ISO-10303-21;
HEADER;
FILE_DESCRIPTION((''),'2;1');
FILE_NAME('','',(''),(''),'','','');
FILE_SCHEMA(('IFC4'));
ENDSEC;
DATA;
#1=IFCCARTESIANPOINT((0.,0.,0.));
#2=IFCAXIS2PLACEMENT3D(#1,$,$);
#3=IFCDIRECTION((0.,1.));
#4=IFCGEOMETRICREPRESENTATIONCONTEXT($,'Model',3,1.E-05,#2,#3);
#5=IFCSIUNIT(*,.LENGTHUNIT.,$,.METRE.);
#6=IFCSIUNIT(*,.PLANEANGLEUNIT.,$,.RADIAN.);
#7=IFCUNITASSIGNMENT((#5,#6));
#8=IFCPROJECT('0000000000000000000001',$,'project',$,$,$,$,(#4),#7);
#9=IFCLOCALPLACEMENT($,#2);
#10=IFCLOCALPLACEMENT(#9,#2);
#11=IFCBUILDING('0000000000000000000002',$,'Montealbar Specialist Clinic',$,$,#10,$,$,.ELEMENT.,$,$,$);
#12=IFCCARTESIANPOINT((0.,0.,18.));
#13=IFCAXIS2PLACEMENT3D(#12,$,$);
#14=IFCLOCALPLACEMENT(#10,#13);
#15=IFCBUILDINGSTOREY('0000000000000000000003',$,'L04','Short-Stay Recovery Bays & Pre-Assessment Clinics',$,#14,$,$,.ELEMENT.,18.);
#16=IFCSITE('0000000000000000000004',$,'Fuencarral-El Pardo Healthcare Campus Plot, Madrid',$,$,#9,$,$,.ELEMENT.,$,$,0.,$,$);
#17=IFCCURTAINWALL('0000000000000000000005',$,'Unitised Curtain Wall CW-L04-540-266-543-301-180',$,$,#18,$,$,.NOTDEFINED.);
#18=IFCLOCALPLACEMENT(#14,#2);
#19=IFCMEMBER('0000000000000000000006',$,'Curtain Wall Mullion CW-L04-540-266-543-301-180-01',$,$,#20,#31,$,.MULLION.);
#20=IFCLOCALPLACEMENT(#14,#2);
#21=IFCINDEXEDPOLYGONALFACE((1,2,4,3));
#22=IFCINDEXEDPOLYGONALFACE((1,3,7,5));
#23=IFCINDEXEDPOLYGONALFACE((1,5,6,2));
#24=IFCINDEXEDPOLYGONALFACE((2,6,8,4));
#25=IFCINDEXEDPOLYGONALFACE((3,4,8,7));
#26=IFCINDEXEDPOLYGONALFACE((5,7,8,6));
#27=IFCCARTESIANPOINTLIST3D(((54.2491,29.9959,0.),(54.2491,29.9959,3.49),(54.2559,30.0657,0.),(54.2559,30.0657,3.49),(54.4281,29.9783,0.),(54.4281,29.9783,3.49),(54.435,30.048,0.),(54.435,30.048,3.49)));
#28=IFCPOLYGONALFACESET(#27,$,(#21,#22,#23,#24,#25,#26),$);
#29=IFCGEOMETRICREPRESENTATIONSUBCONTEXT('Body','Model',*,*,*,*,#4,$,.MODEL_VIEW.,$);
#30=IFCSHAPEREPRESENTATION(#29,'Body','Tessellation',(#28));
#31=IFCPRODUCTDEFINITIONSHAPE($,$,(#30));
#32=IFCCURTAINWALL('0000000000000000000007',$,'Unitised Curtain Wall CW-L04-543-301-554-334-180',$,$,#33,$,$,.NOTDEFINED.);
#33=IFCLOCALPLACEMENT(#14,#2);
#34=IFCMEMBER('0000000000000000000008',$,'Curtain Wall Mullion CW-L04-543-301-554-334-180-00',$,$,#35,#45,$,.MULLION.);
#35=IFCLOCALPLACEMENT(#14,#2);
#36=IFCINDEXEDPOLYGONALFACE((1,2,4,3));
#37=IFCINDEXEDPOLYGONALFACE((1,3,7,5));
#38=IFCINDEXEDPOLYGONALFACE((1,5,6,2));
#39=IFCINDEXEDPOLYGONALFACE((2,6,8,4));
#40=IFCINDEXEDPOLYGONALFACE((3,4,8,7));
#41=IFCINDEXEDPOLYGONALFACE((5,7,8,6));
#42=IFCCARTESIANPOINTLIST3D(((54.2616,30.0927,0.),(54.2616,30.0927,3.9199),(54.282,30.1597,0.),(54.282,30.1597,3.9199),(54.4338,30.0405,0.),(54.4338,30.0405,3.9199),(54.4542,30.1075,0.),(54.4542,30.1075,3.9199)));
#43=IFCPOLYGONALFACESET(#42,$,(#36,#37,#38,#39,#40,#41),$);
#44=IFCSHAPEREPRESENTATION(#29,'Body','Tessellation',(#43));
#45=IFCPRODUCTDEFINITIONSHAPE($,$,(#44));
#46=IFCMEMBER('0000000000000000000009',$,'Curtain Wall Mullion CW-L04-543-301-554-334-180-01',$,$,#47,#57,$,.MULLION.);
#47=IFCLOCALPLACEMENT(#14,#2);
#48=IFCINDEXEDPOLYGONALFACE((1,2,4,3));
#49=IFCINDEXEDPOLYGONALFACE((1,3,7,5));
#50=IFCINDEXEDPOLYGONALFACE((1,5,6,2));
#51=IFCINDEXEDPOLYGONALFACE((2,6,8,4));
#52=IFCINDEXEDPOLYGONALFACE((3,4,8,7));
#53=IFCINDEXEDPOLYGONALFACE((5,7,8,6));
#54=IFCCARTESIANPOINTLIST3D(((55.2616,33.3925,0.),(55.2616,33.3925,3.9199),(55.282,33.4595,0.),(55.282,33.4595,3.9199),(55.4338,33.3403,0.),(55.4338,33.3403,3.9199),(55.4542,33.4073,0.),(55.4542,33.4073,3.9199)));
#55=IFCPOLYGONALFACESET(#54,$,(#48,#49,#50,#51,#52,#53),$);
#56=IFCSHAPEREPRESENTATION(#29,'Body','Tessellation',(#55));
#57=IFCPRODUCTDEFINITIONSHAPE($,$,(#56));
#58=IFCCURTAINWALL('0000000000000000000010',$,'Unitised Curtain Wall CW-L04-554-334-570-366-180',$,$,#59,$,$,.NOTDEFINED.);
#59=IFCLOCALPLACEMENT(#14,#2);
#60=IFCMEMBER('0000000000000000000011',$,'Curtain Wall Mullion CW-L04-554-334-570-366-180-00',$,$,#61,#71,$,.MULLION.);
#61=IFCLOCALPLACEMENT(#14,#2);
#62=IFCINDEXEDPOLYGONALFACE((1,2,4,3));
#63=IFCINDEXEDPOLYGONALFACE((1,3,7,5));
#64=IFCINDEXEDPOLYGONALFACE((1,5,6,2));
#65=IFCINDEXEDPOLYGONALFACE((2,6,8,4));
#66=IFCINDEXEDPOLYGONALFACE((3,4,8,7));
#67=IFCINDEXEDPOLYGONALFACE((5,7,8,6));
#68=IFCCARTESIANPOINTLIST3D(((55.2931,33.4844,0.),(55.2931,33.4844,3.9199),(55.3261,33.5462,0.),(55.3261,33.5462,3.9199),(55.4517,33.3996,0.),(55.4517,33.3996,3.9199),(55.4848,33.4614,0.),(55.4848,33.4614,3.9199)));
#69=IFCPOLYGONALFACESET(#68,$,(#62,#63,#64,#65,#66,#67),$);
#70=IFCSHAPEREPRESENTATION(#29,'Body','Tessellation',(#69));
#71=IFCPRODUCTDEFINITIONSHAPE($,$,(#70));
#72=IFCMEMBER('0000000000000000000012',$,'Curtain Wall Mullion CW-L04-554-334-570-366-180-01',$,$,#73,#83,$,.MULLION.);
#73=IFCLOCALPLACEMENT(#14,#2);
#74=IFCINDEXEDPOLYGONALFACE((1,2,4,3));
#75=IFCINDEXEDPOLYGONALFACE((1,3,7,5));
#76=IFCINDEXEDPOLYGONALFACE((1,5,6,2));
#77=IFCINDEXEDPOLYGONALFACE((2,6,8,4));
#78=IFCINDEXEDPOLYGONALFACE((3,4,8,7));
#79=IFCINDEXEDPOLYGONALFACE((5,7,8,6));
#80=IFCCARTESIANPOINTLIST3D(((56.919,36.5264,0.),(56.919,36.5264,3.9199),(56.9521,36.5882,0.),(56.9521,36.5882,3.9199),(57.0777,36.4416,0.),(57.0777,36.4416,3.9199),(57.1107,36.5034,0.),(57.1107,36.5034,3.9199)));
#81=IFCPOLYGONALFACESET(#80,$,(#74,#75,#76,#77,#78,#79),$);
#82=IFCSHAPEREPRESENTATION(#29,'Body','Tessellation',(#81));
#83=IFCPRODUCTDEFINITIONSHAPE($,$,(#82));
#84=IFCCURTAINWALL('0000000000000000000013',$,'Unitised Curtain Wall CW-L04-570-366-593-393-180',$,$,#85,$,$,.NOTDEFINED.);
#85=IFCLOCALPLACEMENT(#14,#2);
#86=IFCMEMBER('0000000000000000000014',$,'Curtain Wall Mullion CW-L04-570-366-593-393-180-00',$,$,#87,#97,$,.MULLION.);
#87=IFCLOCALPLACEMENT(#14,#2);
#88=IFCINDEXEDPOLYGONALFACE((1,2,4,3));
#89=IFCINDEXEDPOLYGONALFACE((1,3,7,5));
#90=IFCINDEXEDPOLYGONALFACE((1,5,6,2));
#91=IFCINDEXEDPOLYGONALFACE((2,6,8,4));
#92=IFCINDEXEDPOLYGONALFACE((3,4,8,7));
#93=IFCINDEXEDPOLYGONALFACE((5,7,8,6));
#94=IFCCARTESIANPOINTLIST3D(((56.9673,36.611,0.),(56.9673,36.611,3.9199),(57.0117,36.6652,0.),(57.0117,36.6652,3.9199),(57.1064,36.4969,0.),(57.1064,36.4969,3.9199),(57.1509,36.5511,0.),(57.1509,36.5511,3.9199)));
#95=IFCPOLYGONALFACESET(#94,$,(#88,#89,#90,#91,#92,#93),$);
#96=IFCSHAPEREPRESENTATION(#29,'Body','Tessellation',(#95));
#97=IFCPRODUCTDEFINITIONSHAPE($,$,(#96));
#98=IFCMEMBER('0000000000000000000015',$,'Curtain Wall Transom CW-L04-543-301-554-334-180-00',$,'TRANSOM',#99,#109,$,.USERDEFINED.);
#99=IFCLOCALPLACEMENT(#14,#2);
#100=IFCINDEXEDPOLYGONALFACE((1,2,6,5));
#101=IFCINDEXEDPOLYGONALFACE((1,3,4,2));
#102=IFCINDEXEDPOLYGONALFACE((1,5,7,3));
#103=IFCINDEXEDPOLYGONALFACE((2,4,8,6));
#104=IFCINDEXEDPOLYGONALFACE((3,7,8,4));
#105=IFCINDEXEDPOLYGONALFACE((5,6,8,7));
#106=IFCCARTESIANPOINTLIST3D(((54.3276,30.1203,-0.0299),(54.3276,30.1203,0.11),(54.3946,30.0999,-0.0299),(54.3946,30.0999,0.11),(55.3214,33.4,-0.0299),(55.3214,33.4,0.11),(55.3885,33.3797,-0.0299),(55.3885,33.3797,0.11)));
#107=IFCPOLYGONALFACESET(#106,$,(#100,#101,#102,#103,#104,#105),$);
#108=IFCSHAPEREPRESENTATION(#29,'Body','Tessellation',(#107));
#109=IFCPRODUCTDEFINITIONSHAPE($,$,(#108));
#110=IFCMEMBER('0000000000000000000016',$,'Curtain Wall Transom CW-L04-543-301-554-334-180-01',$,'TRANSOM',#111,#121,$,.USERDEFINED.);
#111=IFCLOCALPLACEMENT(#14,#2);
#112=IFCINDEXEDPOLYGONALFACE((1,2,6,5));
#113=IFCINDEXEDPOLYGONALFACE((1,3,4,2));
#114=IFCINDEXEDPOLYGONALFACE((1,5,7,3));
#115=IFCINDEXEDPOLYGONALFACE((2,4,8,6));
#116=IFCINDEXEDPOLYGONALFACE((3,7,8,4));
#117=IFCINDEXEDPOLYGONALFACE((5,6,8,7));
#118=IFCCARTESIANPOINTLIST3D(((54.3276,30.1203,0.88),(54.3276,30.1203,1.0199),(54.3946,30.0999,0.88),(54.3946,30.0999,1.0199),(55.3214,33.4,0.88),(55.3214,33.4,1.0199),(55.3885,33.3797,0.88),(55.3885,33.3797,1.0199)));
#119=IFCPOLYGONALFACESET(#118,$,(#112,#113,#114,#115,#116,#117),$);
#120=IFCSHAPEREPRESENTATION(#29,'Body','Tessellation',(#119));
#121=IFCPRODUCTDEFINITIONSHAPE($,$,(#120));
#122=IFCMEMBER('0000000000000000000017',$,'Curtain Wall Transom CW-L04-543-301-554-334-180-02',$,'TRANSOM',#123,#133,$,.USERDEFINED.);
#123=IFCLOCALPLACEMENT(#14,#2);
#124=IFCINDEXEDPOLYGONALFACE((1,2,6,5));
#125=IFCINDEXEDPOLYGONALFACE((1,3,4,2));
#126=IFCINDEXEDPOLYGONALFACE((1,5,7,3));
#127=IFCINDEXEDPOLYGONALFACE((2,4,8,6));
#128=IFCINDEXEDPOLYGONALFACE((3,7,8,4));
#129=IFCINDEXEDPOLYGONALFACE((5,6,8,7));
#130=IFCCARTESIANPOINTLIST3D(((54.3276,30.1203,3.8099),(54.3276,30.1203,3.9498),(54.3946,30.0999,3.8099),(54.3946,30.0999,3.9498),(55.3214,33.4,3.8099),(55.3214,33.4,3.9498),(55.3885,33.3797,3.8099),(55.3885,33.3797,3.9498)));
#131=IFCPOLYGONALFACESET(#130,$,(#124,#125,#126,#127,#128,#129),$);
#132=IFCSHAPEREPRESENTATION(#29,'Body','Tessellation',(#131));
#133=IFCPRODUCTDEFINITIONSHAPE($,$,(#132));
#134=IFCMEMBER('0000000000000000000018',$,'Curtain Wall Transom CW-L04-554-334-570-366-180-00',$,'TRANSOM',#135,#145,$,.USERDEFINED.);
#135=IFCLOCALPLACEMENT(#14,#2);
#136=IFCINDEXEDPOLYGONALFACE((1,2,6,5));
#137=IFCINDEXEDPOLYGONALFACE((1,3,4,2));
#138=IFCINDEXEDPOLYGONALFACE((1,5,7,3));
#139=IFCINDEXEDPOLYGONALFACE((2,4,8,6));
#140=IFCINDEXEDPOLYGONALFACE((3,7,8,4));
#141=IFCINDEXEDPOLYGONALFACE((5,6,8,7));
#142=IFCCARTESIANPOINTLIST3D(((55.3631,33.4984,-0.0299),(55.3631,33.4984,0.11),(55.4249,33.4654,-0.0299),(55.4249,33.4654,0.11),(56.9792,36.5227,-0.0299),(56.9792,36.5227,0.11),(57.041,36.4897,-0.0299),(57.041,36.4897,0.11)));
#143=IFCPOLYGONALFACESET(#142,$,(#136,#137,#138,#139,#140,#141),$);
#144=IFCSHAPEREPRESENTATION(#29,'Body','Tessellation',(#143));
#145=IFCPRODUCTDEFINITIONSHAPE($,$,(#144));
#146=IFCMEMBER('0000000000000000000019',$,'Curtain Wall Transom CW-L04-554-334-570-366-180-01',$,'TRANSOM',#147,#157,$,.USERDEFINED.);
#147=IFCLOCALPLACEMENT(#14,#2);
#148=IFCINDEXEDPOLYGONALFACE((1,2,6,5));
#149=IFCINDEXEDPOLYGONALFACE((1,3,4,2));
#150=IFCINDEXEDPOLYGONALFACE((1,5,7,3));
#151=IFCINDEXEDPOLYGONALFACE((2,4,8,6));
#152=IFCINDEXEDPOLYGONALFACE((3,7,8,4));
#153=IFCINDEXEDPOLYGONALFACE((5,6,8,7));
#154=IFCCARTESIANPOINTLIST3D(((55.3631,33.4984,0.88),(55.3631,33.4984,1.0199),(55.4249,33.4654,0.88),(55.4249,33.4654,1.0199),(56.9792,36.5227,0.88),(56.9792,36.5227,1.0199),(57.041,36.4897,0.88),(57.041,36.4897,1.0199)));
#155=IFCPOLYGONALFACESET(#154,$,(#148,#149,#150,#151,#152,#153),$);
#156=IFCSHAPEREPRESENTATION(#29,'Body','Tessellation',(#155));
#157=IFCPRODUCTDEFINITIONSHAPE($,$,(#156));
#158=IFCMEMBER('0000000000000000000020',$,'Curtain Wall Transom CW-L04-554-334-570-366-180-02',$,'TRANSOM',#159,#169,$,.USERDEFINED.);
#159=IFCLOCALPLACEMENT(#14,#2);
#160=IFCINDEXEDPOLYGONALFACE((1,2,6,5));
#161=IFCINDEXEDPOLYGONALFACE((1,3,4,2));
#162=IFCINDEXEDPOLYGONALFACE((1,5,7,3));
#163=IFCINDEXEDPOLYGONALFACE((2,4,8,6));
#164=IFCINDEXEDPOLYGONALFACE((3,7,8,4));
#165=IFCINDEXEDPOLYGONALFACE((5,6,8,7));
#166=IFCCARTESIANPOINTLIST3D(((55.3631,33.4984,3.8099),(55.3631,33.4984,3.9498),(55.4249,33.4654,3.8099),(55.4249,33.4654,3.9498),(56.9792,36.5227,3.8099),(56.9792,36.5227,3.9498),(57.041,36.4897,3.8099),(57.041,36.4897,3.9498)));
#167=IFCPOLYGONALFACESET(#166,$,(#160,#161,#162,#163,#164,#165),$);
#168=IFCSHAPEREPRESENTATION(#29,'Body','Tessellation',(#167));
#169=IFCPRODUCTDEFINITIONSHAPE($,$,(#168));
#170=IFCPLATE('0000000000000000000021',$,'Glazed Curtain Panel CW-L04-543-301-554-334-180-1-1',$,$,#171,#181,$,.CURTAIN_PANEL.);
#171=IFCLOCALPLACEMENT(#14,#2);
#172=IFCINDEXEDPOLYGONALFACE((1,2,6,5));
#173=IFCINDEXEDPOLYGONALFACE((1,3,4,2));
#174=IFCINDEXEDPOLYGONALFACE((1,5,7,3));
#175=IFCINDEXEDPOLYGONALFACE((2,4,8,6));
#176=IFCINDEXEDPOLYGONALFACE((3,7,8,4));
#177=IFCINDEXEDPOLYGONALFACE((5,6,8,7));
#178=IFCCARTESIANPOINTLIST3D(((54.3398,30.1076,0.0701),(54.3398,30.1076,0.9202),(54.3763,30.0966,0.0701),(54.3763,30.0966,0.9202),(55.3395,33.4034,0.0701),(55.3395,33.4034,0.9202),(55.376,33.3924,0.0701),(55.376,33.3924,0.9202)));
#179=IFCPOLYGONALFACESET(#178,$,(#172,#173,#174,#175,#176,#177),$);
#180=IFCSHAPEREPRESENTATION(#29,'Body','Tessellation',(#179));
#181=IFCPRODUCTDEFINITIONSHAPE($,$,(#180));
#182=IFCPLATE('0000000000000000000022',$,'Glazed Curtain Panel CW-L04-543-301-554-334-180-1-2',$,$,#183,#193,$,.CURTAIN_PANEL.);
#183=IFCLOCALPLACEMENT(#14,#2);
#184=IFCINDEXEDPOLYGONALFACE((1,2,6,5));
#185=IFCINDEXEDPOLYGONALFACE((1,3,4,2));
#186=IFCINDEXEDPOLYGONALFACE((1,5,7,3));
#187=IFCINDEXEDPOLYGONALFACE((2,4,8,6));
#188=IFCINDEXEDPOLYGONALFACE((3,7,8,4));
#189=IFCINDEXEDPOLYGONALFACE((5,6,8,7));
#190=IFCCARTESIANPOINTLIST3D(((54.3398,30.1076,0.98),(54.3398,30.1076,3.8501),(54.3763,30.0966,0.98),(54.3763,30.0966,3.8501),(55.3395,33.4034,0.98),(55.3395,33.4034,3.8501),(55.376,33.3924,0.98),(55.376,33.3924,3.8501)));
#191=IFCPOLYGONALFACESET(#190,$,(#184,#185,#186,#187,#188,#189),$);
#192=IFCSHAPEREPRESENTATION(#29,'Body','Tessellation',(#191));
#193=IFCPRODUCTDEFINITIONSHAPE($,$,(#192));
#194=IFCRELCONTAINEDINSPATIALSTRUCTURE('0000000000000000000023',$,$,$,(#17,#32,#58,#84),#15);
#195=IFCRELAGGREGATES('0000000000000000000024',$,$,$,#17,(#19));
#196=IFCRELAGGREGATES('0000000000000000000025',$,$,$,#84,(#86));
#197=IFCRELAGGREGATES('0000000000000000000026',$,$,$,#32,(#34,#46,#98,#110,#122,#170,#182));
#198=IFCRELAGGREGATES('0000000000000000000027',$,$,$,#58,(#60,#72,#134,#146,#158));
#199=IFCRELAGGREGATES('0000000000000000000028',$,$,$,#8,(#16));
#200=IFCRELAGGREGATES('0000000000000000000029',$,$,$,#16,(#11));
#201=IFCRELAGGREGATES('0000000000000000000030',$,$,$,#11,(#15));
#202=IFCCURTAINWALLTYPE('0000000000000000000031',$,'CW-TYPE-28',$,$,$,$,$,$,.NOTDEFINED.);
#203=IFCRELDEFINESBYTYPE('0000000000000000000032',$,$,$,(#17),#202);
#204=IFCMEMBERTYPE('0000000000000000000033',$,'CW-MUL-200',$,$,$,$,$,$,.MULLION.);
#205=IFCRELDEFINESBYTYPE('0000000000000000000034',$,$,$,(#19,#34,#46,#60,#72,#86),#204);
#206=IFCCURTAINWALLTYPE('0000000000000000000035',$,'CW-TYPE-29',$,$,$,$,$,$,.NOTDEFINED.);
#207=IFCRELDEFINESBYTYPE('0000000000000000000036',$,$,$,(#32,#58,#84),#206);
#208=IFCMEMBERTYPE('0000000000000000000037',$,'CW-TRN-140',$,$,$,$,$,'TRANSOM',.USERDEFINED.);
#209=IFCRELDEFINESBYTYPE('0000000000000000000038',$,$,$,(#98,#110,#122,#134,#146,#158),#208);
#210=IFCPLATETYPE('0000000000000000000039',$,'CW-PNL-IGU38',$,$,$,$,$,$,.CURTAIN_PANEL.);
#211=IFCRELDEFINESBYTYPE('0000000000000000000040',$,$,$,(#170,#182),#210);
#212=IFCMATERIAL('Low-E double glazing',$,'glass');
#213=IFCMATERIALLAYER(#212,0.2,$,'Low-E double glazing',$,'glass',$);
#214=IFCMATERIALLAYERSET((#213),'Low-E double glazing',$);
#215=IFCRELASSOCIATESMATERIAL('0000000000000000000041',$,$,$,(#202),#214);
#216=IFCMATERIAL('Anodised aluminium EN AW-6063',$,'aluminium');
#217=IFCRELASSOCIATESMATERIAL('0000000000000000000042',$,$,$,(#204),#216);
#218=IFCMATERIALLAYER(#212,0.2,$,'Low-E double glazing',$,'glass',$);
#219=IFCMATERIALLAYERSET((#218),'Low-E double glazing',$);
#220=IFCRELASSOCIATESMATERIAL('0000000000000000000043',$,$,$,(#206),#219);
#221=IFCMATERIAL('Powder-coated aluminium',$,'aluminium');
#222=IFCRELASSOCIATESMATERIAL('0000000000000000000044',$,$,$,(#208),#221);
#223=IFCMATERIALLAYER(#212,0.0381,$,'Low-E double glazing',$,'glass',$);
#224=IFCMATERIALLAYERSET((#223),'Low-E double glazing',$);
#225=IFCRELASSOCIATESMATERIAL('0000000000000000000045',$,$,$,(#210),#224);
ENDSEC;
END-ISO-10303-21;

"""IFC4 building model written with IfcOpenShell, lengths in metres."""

from ifc_helpers import new_model, si_unit, direction, frame, origin, origin_2d, place, context, subcontext, project, spatial, rectangle, extrude, material, layer, layer_set, material_profile, profile_set, type_object, element, aggregate, save


model = new_model("IFC4")

# Units and contexts
model_context = context("Model", 3, precision=1e-05, world=origin(), true_north=direction((0.0, 1.0)))
body_context = subcontext(model_context, "Body", "Model", "MODEL_VIEW")
ifc_project = project(units=[si_unit("LENGTHUNIT", "METRE"), si_unit("PLANEANGLEUNIT", "RADIAN")], contexts=[model_context])

# Site, building, storey
site_placement = place(None, origin())
site = spatial("IfcSite", under=ifc_project, at=site_placement, Name="Fuencarral-El Pardo Healthcare Campus Plot, Madrid", CompositionType="ELEMENT", RefElevation=0.0)
building_placement = place(site_placement, origin())
building = spatial("IfcBuilding", under=site, at=building_placement, Name="Montealbar Specialist Clinic", CompositionType="ELEMENT")
storey_placement = place(building_placement, frame((0.0, 0.0, 18.0)))
storey = spatial("IfcBuildingStorey", under=building, at=storey_placement, Name="L04", Description="Short-Stay Recovery Bays & Pre-Assessment Clinics", CompositionType="ELEMENT", Elevation=18.0)

# Curtain wall, member
ifc_material_1 = material(Name="Low-E double glazing", Category="glass")
ifc_layer_1 = layer(ifc_material_1, 0.2, Name="Low-E double glazing", Category="glass")
ifc_layer_set_1 = layer_set([ifc_layer_1], Name="Low-E double glazing")
curtain_wall_type_1 = type_object("IfcCurtainWallType", Name="CW-TYPE-28", PredefinedType="NOTDEFINED", material=ifc_layer_set_1)
curtain_wall_1_placement = place(storey_placement, origin())
curtain_wall_1 = element("IfcCurtainWall", 1, at=curtain_wall_1_placement, inside=storey, type_object=curtain_wall_type_1, Name="Unitised Curtain Wall CW-L04-540-266-543-301-180", PredefinedType="NOTDEFINED")
ifc_material_2 = material(Name="Anodised aluminium EN AW-6063", Category="aluminium")
ifc_material_profile_1 = material_profile(ifc_material_2, rectangle(XDim=0.0701, YDim=0.1799, at=origin_2d()), Name="ALU 70x180", Category="aluminium")
ifc_profile_set_1 = profile_set([ifc_material_profile_1], Name="Anodised aluminium EN AW-6063")
member_type_1 = type_object("IfcMemberType", Name="CW-MUL-200", PredefinedType="MULLION", material=ifc_profile_set_1)
member_1_placement = place(storey_placement, frame((54.342, 30.022, 0.0), z_axis=(0.0, 0.0, 1.0), x_axis=(0.098045, 0.995182, 0.0)))
member_1 = element("IfcMember", 2, at=member_1_placement, type_object=member_type_1, Name="Curtain Wall Mullion CW-L04-540-266-543-301-180-01", PredefinedType="MULLION", context=body_context, shape_type="SweptSolid", body=[
    extrude(rectangle(XDim=0.0701, YDim=0.1799, at=origin_2d()), origin(), (0.0, 0.0, 1.0), 3.49),
])
aggregate(curtain_wall_1, [member_1])

# Curtain walls, members
ifc_layer_2 = layer(ifc_material_1, 0.2, Name="Low-E double glazing", Category="glass")
ifc_layer_set_2 = layer_set([ifc_layer_2], Name="Low-E double glazing")
curtain_wall_type_2 = type_object("IfcCurtainWallType", Name="CW-TYPE-29", PredefinedType="NOTDEFINED", material=ifc_layer_set_2)
curtain_wall_2_placement = place(storey_placement, origin())
curtain_wall_2 = element("IfcCurtainWall", 3, at=curtain_wall_2_placement, inside=storey, type_object=curtain_wall_type_2, Name="Unitised Curtain Wall CW-L04-543-301-554-334-180", PredefinedType="NOTDEFINED")
member_2_placement = place(storey_placement, frame((54.3579, 30.1001, 0.0), z_axis=(0.0, 0.0, 1.0), x_axis=(0.290259, 0.956948, 0.0)))
member_2 = element("IfcMember", 4, at=member_2_placement, type_object=member_type_1, Name="Curtain Wall Mullion CW-L04-543-301-554-334-180-00", PredefinedType="MULLION", context=body_context, shape_type="SweptSolid", body=[
    extrude(rectangle(XDim=0.0701, YDim=0.1799, at=origin_2d()), origin(), (0.0, 0.0, 1.0), 3.9199),
])
member_3_placement = place(storey_placement, frame((55.3579, 33.3999, 0.0), z_axis=(0.0, 0.0, 1.0), x_axis=(0.290259, 0.956948, 0.0)))
member_3 = element("IfcMember", 5, at=member_3_placement, type_object=member_type_1, Name="Curtain Wall Mullion CW-L04-543-301-554-334-180-01", PredefinedType="MULLION", context=body_context, shape_type="SweptSolid", body=[
    extrude(rectangle(XDim=0.0701, YDim=0.1799, at=origin_2d()), origin(), (0.0, 0.0, 1.0), 3.9199),
])
curtain_wall_3_placement = place(storey_placement, origin())
curtain_wall_3 = element("IfcCurtainWall", 6, at=curtain_wall_3_placement, inside=storey, type_object=curtain_wall_type_2, Name="Unitised Curtain Wall CW-L04-554-334-570-366-180", PredefinedType="NOTDEFINED")
member_4_placement = place(storey_placement, frame((55.3889, 33.4729, 0.0), z_axis=(0.0, 0.0, 1.0), x_axis=(0.471529, 0.88185, 0.0)))
member_4 = element("IfcMember", 7, at=member_4_placement, type_object=member_type_1, Name="Curtain Wall Mullion CW-L04-554-334-570-366-180-00", PredefinedType="MULLION", context=body_context, shape_type="SweptSolid", body=[
    extrude(rectangle(XDim=0.0701, YDim=0.1799, at=origin_2d()), origin(), (0.0, 0.0, 1.0), 3.9199),
])
member_5_placement = place(storey_placement, frame((57.0149, 36.5149, 0.0), z_axis=(0.0, 0.0, 1.0), x_axis=(0.471529, 0.88185, 0.0)))
member_5 = element("IfcMember", 8, at=member_5_placement, type_object=member_type_1, Name="Curtain Wall Mullion CW-L04-554-334-570-366-180-01", PredefinedType="MULLION", context=body_context, shape_type="SweptSolid", body=[
    extrude(rectangle(XDim=0.0701, YDim=0.1799, at=origin_2d()), origin(), (0.0, 0.0, 1.0), 3.9199),
])

# Curtain wall, member
curtain_wall_4_placement = place(storey_placement, origin())
curtain_wall_4 = element("IfcCurtainWall", 9, at=curtain_wall_4_placement, inside=storey, type_object=curtain_wall_type_2, Name="Unitised Curtain Wall CW-L04-570-366-593-393-180", PredefinedType="NOTDEFINED")
member_6_placement = place(storey_placement, frame((57.0591, 36.5811, 0.0), z_axis=(0.0, 0.0, 1.0), x_axis=(0.634256, 0.773123, 0.0)))
member_6 = element("IfcMember", 10, at=member_6_placement, type_object=member_type_1, Name="Curtain Wall Mullion CW-L04-570-366-593-393-180-00", PredefinedType="MULLION", context=body_context, shape_type="SweptSolid", body=[
    extrude(rectangle(XDim=0.0701, YDim=0.1799, at=origin_2d()), origin(), (0.0, 0.0, 1.0), 3.9199),
])
aggregate(curtain_wall_4, [member_6])

# Members
ifc_material_3 = material(Name="Powder-coated aluminium", Category="aluminium")
ifc_material_profile_2 = material_profile(ifc_material_3, rectangle(XDim=0.0701, YDim=0.1399, at=origin_2d()), Name="ALU 70x140", Category="aluminium")
ifc_profile_set_2 = profile_set([ifc_material_profile_2], Name="Powder-coated aluminium")
member_type_2 = type_object("IfcMemberType", Name="CW-TRN-140", ElementType="TRANSOM", PredefinedType="USERDEFINED", material=ifc_profile_set_2)
member_7_placement = place(storey_placement, frame((54.3611, 30.1101, 0.04), z_axis=(0.290013, 0.957023, 0.0), x_axis=(-0.957023, 0.290013, 0.0)))
member_7 = element("IfcMember", 11, at=member_7_placement, type_object=member_type_2, Name="Curtain Wall Transom CW-L04-543-301-554-334-180-00", ObjectType="TRANSOM", PredefinedType="USERDEFINED", context=body_context, shape_type="SweptSolid", body=[
    extrude(rectangle(XDim=0.0701, YDim=0.1399, at=origin_2d()), origin(), (0.0, 0.0, 1.0), 3.427),
])
member_8_placement = place(storey_placement, frame((54.3611, 30.1101, 0.95), z_axis=(0.290013, 0.957023, 0.0), x_axis=(-0.957023, 0.290013, 0.0)))
member_8 = element("IfcMember", 12, at=member_8_placement, type_object=member_type_2, Name="Curtain Wall Transom CW-L04-543-301-554-334-180-01", ObjectType="TRANSOM", PredefinedType="USERDEFINED", context=body_context, shape_type="SweptSolid", body=[
    extrude(rectangle(XDim=0.0701, YDim=0.1399, at=origin_2d()), origin(), (0.0, 0.0, 1.0), 3.427),
])
member_9_placement = place(storey_placement, frame((54.3611, 30.1101, 3.8799), z_axis=(0.290013, 0.957023, 0.0), x_axis=(-0.957023, 0.290013, 0.0)))
member_9 = element("IfcMember", 13, at=member_9_placement, type_object=member_type_2, Name="Curtain Wall Transom CW-L04-543-301-554-334-180-02", ObjectType="TRANSOM", PredefinedType="USERDEFINED", context=body_context, shape_type="SweptSolid", body=[
    extrude(rectangle(XDim=0.0701, YDim=0.1399, at=origin_2d()), origin(), (0.0, 0.0, 1.0), 3.427),
])
member_10_placement = place(storey_placement, frame((55.394, 33.4819, 0.04), z_axis=(0.471287, 0.88198, 0.0), x_axis=(-0.88198, 0.471287, 0.0)))
member_10 = element("IfcMember", 14, at=member_10_placement, type_object=member_type_2, Name="Curtain Wall Transom CW-L04-554-334-570-366-180-00", ObjectType="TRANSOM", PredefinedType="USERDEFINED", context=body_context, shape_type="SweptSolid", body=[
    extrude(rectangle(XDim=0.0701, YDim=0.1399, at=origin_2d()), origin(), (0.0, 0.0, 1.0), 3.429),
])
member_11_placement = place(storey_placement, frame((55.394, 33.4819, 0.95), z_axis=(0.471287, 0.88198, 0.0), x_axis=(-0.88198, 0.471287, 0.0)))
member_11 = element("IfcMember", 15, at=member_11_placement, type_object=member_type_2, Name="Curtain Wall Transom CW-L04-554-334-570-366-180-01", ObjectType="TRANSOM", PredefinedType="USERDEFINED", context=body_context, shape_type="SweptSolid", body=[
    extrude(rectangle(XDim=0.0701, YDim=0.1399, at=origin_2d()), origin(), (0.0, 0.0, 1.0), 3.429),
])
member_12_placement = place(storey_placement, frame((55.394, 33.4819, 3.8799), z_axis=(0.471287, 0.88198, 0.0), x_axis=(-0.88198, 0.471287, 0.0)))
member_12 = element("IfcMember", 16, at=member_12_placement, type_object=member_type_2, Name="Curtain Wall Transom CW-L04-554-334-570-366-180-02", ObjectType="TRANSOM", PredefinedType="USERDEFINED", context=body_context, shape_type="SweptSolid", body=[
    extrude(rectangle(XDim=0.0701, YDim=0.1399, at=origin_2d()), origin(), (0.0, 0.0, 1.0), 3.429),
])

# Plates
ifc_layer_3 = layer(ifc_material_1, 0.0381, Name="Low-E double glazing", Category="glass")
ifc_layer_set_3 = layer_set([ifc_layer_3], Name="Low-E double glazing")
plate_type = type_object("IfcPlateType", Name="CW-PNL-IGU38", PredefinedType="CURTAIN_PANEL", material=ifc_layer_set_3)
plate_1_placement = place(storey_placement, frame((54.8579, 31.75, 0.0701), z_axis=(0.0, 0.0, 1.0), x_axis=(0.290259, 0.956948, 0.0)))
plate_1 = element("IfcPlate", 17, at=plate_1_placement, type_object=plate_type, Name="Glazed Curtain Panel CW-L04-543-301-554-334-180-1-1", PredefinedType="CURTAIN_PANEL", context=body_context, shape_type="SweptSolid", body=[
    extrude(rectangle(XDim=3.4441, YDim=0.0381, at=origin_2d()), origin(), (0.0, 0.0, 1.0), 0.8501),
])
plate_2_placement = place(storey_placement, frame((54.8579, 31.75, 0.98), z_axis=(0.0, 0.0, 1.0), x_axis=(0.290259, 0.956948, 0.0)))
plate_2 = element("IfcPlate", 18, at=plate_2_placement, type_object=plate_type, Name="Glazed Curtain Panel CW-L04-543-301-554-334-180-1-2", PredefinedType="CURTAIN_PANEL", context=body_context, shape_type="SweptSolid", body=[
    extrude(rectangle(XDim=3.4441, YDim=0.0381, at=origin_2d()), origin(), (0.0, 0.0, 1.0), 2.8701),
])
aggregate(curtain_wall_2, [member_2, member_3, member_7, member_8, member_9, plate_1, plate_2])
aggregate(curtain_wall_3, [member_4, member_5, member_10, member_11, member_12])

save(model, "model.ifc")
